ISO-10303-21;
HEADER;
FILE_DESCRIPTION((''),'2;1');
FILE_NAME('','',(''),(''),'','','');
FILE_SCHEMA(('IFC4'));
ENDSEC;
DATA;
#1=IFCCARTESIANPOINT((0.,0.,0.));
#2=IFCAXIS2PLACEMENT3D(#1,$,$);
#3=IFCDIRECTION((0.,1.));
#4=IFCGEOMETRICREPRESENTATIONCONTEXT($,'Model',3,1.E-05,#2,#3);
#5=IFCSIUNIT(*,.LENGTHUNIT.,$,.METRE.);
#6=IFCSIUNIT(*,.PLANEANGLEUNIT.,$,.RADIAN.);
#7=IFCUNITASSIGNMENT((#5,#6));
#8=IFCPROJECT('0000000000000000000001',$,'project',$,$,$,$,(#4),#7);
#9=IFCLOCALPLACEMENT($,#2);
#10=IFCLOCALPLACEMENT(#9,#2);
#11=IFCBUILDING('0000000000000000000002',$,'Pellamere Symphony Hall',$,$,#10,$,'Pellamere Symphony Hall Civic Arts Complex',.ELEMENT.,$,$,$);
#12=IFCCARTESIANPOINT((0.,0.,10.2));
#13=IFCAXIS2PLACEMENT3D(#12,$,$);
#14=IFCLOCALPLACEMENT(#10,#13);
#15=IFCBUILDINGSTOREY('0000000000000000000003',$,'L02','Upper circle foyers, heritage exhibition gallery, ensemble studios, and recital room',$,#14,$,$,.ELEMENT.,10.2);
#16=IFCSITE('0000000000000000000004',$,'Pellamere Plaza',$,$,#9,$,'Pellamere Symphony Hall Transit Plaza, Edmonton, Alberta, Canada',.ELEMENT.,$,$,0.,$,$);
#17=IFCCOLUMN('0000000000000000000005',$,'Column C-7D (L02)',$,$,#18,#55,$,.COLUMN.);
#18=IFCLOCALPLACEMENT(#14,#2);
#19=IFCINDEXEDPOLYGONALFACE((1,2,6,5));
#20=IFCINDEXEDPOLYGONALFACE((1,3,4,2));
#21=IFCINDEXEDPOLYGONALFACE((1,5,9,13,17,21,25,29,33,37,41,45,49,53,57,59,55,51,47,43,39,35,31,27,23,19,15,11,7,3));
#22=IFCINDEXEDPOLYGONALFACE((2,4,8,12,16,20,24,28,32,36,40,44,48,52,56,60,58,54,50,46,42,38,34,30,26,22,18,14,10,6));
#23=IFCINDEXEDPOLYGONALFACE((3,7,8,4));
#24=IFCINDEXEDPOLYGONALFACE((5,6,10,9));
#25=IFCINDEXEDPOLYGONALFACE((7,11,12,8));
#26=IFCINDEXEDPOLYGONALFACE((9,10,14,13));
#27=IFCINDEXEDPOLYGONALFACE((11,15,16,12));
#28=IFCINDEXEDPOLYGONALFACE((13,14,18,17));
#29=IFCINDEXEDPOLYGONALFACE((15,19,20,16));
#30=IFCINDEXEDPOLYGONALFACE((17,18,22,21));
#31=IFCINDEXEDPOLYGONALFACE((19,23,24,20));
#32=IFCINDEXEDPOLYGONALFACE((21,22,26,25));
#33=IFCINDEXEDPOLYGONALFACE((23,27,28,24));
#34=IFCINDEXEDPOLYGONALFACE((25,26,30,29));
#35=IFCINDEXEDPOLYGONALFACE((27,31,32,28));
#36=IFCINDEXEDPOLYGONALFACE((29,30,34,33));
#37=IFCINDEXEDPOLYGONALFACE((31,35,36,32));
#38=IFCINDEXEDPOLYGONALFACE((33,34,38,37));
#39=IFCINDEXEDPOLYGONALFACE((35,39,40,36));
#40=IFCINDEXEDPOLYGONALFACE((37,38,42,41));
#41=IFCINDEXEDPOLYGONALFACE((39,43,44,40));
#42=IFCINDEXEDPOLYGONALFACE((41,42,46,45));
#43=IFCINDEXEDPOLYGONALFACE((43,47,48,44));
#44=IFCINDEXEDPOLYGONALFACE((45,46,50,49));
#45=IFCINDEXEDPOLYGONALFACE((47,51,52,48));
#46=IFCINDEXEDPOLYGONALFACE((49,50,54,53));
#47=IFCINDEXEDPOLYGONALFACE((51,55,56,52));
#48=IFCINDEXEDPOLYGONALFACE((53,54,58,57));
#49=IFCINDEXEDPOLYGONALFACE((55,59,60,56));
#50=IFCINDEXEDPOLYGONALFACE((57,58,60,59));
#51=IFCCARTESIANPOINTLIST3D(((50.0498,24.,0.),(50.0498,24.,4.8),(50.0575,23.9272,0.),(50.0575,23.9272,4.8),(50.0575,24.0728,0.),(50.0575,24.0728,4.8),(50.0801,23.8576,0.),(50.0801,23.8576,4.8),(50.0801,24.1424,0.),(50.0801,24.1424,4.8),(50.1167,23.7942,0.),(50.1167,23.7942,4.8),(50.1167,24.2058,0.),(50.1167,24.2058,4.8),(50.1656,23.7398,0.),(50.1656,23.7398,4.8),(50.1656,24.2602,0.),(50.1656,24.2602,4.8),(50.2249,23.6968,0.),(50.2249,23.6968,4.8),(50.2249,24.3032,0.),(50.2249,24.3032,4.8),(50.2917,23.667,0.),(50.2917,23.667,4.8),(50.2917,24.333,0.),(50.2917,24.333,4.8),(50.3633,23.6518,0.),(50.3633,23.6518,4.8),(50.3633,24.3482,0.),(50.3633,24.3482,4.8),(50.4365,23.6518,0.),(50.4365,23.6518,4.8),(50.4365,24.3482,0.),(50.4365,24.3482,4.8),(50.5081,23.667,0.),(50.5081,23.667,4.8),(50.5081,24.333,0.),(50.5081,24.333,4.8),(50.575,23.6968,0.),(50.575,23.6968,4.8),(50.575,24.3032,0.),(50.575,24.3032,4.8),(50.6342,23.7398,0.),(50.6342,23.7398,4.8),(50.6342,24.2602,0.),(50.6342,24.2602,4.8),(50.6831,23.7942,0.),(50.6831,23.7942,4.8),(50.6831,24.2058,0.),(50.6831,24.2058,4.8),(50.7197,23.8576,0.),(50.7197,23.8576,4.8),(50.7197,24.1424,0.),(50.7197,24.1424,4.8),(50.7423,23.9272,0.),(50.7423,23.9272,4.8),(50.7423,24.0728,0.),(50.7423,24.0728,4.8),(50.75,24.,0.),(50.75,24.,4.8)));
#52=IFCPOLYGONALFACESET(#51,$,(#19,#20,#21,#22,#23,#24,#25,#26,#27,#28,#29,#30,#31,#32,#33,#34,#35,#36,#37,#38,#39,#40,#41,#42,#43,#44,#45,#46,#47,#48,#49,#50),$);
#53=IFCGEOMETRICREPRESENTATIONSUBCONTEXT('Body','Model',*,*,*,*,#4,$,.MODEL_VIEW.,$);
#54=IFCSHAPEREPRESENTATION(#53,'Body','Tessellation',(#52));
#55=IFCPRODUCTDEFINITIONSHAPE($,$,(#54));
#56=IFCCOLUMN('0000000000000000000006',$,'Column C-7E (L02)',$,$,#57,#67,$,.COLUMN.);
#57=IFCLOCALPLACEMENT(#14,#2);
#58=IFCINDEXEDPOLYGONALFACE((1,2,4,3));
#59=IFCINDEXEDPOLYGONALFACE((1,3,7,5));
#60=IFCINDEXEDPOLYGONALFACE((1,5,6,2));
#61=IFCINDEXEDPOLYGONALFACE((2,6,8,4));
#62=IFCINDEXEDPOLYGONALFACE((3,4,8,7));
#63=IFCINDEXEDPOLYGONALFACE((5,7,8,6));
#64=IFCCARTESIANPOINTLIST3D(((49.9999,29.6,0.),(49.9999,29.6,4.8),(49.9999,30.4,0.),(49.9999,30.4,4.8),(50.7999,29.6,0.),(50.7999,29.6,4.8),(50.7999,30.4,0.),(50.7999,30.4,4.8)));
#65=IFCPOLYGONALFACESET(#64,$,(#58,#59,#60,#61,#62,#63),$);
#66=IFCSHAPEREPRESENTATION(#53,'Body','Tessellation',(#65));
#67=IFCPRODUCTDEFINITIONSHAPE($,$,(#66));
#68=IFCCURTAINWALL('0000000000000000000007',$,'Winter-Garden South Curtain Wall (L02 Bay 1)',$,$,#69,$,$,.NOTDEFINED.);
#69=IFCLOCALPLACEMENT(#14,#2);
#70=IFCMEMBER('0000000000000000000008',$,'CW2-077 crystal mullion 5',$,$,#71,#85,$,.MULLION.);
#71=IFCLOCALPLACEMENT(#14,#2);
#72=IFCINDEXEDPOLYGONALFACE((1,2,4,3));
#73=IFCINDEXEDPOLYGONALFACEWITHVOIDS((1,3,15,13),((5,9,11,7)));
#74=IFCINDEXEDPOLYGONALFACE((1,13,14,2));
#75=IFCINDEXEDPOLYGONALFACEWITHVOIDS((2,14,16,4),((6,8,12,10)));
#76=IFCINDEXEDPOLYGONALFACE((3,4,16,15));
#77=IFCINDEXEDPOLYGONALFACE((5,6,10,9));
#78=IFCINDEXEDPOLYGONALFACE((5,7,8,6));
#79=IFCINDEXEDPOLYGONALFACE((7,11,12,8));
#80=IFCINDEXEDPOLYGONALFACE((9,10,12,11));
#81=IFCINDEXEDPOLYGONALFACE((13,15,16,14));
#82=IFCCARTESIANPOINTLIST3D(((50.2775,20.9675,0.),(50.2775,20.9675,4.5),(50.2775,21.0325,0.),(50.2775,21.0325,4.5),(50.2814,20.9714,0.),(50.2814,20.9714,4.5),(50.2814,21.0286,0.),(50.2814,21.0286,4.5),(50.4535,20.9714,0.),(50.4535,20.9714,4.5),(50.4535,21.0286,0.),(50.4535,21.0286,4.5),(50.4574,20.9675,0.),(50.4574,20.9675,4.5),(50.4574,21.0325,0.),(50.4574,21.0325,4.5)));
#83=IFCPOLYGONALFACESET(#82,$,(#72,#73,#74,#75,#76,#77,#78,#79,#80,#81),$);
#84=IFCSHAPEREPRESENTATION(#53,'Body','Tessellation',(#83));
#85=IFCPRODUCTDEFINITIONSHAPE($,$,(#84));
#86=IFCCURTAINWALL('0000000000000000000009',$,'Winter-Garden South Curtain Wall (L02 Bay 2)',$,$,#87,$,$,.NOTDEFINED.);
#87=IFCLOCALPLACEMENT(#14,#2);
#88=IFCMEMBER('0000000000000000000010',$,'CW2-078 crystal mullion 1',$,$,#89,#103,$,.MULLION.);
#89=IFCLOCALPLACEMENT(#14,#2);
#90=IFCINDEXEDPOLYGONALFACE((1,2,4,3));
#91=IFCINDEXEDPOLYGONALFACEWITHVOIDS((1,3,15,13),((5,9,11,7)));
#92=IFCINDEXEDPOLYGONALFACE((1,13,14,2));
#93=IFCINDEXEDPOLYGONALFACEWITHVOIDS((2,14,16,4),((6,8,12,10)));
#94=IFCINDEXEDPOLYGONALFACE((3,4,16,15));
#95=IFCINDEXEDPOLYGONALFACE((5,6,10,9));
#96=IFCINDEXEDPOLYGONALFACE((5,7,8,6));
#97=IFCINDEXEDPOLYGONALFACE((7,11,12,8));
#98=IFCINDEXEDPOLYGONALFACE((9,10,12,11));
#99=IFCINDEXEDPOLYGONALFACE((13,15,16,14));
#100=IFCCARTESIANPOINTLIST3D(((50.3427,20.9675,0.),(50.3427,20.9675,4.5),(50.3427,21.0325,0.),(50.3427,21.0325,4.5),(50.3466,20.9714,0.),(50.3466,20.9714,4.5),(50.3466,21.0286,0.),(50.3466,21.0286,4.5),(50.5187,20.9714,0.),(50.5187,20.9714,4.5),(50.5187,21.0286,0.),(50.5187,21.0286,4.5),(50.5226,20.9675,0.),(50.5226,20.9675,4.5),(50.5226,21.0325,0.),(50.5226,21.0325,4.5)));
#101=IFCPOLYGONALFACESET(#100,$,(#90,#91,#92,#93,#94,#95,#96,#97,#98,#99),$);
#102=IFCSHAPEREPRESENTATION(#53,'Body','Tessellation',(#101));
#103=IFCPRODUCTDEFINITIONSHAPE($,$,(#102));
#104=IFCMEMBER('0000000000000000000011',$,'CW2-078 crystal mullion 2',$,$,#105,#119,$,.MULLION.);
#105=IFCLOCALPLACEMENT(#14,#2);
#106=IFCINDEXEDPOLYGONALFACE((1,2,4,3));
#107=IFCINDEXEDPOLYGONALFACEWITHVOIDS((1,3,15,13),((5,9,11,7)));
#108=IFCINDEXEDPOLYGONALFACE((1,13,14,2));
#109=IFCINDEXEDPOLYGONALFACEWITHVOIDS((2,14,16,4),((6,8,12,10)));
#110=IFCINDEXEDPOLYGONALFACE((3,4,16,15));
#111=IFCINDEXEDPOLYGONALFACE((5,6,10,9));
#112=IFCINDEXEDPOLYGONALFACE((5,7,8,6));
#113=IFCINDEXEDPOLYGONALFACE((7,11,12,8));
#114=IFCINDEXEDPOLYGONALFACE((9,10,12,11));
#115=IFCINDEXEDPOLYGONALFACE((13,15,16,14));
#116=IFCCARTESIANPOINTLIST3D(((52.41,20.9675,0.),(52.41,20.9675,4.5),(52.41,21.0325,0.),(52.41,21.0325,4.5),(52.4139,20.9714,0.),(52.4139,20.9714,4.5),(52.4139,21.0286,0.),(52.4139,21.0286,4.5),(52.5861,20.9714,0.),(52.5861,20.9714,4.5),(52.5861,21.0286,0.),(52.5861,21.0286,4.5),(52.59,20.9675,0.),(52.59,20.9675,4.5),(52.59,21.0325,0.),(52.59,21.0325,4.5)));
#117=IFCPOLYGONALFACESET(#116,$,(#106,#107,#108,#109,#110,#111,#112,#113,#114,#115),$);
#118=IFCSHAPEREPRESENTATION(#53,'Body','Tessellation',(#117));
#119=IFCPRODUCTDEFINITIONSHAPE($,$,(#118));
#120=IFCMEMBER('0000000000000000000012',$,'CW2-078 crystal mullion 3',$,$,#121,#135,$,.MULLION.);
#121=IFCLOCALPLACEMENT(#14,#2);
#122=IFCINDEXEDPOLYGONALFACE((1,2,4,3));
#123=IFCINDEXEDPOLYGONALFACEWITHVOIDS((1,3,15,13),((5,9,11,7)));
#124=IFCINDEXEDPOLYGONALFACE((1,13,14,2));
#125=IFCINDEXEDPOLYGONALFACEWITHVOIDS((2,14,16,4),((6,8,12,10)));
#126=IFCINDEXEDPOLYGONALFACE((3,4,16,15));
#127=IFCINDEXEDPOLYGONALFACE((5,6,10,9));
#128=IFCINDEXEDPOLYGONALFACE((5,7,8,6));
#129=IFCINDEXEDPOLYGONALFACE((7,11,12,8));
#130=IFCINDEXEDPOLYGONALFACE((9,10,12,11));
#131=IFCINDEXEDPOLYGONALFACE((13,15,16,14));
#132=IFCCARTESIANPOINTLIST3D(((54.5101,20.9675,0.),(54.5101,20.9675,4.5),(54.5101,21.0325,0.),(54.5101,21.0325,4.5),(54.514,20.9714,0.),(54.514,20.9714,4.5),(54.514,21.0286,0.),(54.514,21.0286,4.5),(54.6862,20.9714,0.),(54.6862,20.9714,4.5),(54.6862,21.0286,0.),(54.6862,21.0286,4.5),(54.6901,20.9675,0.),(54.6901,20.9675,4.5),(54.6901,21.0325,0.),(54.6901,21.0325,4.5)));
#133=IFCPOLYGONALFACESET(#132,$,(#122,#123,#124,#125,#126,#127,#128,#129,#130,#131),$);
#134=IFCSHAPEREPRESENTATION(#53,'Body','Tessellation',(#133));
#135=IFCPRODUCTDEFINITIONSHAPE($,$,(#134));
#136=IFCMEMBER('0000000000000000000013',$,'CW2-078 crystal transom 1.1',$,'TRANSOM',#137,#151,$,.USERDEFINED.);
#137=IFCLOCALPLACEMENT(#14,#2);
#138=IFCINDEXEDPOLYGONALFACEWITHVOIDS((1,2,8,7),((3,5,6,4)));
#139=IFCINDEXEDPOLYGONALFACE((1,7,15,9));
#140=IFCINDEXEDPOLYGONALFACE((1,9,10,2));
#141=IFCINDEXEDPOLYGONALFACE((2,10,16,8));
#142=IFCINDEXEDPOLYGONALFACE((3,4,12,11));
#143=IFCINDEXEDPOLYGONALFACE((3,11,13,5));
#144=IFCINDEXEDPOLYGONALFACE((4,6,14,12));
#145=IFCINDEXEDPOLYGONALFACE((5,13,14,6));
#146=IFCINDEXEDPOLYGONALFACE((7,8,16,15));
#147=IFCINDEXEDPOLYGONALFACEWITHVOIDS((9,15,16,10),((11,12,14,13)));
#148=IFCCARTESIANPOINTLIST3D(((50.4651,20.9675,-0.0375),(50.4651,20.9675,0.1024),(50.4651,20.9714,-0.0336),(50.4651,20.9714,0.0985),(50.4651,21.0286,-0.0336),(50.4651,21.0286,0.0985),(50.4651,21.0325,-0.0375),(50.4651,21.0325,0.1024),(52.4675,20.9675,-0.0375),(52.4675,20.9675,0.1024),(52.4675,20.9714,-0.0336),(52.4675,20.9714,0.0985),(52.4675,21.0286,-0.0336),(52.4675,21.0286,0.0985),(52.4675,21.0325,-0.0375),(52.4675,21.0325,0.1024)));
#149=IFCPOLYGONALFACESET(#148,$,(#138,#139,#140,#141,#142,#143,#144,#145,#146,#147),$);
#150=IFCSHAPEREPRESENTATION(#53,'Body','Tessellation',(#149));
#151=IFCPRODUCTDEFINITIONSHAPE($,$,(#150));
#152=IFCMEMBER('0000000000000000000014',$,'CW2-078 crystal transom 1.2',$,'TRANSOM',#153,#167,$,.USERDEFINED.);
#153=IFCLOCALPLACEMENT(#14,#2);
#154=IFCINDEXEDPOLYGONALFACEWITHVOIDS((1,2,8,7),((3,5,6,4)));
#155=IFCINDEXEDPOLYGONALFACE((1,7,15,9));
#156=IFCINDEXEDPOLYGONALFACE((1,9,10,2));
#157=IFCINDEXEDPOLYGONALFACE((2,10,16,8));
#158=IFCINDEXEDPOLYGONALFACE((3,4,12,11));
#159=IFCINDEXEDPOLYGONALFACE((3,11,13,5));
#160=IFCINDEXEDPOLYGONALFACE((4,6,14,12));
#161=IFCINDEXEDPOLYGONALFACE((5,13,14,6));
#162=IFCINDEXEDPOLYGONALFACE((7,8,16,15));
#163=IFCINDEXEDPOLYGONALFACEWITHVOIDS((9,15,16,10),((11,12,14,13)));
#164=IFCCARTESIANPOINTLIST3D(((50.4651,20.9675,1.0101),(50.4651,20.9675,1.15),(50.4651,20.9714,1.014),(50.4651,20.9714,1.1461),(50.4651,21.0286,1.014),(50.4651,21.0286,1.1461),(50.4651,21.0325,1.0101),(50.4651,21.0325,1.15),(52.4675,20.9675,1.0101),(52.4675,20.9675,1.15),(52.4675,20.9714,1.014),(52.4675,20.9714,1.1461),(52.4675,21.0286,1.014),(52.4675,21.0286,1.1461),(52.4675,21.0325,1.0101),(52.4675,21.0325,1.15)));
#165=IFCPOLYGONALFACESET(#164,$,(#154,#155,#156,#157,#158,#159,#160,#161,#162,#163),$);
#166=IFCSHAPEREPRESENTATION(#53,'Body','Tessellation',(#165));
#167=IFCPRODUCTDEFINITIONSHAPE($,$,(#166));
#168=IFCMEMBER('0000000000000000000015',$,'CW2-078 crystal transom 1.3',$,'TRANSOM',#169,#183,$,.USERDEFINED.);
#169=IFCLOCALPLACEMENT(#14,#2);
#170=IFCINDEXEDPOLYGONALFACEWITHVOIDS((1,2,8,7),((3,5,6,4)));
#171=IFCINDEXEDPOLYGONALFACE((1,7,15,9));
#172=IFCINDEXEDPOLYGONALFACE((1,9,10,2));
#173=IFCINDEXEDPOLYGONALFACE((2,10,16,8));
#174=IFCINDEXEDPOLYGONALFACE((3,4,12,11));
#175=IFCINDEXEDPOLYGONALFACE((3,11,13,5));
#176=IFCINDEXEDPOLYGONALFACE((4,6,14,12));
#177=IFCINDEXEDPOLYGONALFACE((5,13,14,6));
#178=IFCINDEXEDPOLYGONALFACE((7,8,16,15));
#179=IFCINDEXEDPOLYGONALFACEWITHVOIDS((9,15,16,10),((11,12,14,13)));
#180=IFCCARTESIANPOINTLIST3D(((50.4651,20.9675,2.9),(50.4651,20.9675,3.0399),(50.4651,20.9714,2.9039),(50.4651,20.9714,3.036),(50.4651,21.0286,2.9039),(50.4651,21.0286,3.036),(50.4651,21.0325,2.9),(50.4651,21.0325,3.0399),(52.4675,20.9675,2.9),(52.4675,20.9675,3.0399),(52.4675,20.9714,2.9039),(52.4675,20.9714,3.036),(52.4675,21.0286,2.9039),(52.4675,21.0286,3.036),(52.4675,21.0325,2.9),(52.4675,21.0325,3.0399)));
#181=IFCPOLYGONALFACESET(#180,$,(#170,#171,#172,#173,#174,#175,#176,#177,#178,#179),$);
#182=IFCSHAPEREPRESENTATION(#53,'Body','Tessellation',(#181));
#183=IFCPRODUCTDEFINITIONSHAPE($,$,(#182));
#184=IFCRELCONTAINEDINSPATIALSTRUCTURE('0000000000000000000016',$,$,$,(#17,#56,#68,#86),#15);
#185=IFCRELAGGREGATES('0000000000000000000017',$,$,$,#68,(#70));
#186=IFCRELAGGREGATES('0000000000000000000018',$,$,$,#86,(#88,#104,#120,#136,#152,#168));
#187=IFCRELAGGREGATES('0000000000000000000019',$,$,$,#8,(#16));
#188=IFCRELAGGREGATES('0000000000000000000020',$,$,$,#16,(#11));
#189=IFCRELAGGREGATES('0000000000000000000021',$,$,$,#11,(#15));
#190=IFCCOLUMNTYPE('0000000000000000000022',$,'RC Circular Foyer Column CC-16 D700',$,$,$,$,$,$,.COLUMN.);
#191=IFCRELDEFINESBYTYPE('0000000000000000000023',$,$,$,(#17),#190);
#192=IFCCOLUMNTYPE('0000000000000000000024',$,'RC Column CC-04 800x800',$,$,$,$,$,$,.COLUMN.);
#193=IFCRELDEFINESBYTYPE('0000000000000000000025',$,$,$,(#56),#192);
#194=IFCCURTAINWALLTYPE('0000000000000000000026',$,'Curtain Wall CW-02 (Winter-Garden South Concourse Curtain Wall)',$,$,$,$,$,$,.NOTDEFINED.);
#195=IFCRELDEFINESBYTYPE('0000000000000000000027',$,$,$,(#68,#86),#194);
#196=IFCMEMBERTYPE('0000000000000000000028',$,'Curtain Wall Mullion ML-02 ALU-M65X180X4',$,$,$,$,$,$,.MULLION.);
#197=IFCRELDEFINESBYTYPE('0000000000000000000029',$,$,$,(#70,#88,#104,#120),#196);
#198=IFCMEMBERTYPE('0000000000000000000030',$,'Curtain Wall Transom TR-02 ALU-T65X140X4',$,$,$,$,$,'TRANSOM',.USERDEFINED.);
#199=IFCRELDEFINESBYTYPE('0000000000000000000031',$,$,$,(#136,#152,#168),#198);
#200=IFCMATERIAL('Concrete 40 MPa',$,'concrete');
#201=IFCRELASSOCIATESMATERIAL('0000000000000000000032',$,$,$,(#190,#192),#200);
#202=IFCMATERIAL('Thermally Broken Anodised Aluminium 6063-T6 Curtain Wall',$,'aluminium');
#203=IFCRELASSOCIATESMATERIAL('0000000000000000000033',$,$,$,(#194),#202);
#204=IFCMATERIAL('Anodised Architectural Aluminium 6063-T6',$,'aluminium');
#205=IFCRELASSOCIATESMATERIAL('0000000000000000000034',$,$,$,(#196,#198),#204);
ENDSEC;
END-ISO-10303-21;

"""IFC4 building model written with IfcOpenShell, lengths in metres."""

from ifc_helpers import new_model, si_unit, direction, frame, origin, origin_2d, place, context, subcontext, project, spatial, rectangle, hollow_rectangle, circle, extrude, material, material_profile, profile_set, type_object, element, aggregate, save


model = new_model("IFC4")

# Units and contexts
model_context = context("Model", 3, precision=1e-05, world=origin(), true_north=direction((0.0, 1.0)))
body_context = subcontext(model_context, "Body", "Model", "MODEL_VIEW")
ifc_project = project(units=[si_unit("LENGTHUNIT", "METRE"), si_unit("PLANEANGLEUNIT", "RADIAN")], contexts=[model_context])

# Site, building, storey
site_placement = place(None, origin())
site = spatial("IfcSite", under=ifc_project, at=site_placement, Name="Pellamere Plaza", LongName="Pellamere Symphony Hall Transit Plaza, Edmonton, Alberta, Canada", CompositionType="ELEMENT", RefElevation=0.0)
building_placement = place(site_placement, origin())
building = spatial("IfcBuilding", under=site, at=building_placement, Name="Pellamere Symphony Hall", LongName="Pellamere Symphony Hall Civic Arts Complex", CompositionType="ELEMENT")
storey_placement = place(building_placement, frame((0.0, 0.0, 10.2)))
storey = spatial("IfcBuildingStorey", under=building, at=storey_placement, Name="L02", Description="Upper circle foyers, heritage exhibition gallery, ensemble studios, and recital room", CompositionType="ELEMENT", Elevation=10.2)

# Columns
ifc_material_1 = material(Name="Concrete 40 MPa", Category="concrete")
ifc_material_profile_1 = material_profile(ifc_material_1, circle(Radius=0.3501, at=origin_2d()), Name="RCCOL D700")
ifc_profile_set_1 = profile_set([ifc_material_profile_1], Name="Concrete 40 MPa")
column_type_1 = type_object("IfcColumnType", Name="RC Circular Foyer Column CC-16 D700", PredefinedType="COLUMN", material=ifc_profile_set_1)
column_1_placement = place(storey_placement, frame((50.3999, 24.0, 0.0), z_axis=(0.0, 0.0, 1.0), x_axis=(1.0, 0.0, 0.0)))
element("IfcColumn", 1, at=column_1_placement, inside=storey, type_object=column_type_1, Name="Column C-7D (L02)", PredefinedType="COLUMN", context=body_context, shape_type="SweptSolid", body=[
    extrude(circle(Radius=0.3501, at=origin_2d()), origin(), (0.0, 0.0, 1.0), 4.8),
])
ifc_material_profile_2 = material_profile(ifc_material_1, rectangle(XDim=0.8, YDim=0.8, at=origin_2d()), Name="RC 800x800")
ifc_profile_set_2 = profile_set([ifc_material_profile_2], Name="Concrete 40 MPa")
column_type_2 = type_object("IfcColumnType", Name="RC Column CC-04 800x800", PredefinedType="COLUMN", material=ifc_profile_set_2)
column_2_placement = place(storey_placement, frame((50.3999, 30.0, 0.0), z_axis=(0.0, 0.0, 1.0), x_axis=(1.0, 0.0, 0.0)))
element("IfcColumn", 2, at=column_2_placement, inside=storey, type_object=column_type_2, Name="Column C-7E (L02)", PredefinedType="COLUMN", context=body_context, shape_type="SweptSolid", body=[
    extrude(rectangle(XDim=0.8, YDim=0.8, at=origin_2d()), origin(), (0.0, 0.0, 1.0), 4.8),
])

# Curtain wall, member
ifc_material_2 = material(Name="Thermally Broken Anodised Aluminium 6063-T6 Curtain Wall", Category="aluminium")
curtain_wall_type = type_object("IfcCurtainWallType", Name="Curtain Wall CW-02 (Winter-Garden South Concourse Curtain Wall)", PredefinedType="NOTDEFINED", material=ifc_material_2)
curtain_wall_1_placement = place(storey_placement, origin())
curtain_wall_1 = element("IfcCurtainWall", 3, at=curtain_wall_1_placement, inside=storey, type_object=curtain_wall_type, Name="Winter-Garden South Curtain Wall (L02 Bay 1)", PredefinedType="NOTDEFINED")
ifc_material_3 = material(Name="Anodised Architectural Aluminium 6063-T6", Category="aluminium")
ifc_material_profile_3 = material_profile(ifc_material_3, hollow_rectangle(XDim=0.0649, YDim=0.1799, WallThickness=0.0039, at=origin_2d()), Name="ALU-M65X180X4")
ifc_profile_set_3 = profile_set([ifc_material_profile_3], Name="Anodised Architectural Aluminium 6063-T6")
member_type_1 = type_object("IfcMemberType", Name="Curtain Wall Mullion ML-02 ALU-M65X180X4", PredefinedType="MULLION", material=ifc_profile_set_3)
member_1_placement = place(storey_placement, frame((50.3674, 21.0, 0.0), z_axis=(0.0, 0.0, 1.0), x_axis=(0.0, 1.0, 0.0)))
member_1 = element("IfcMember", 4, at=member_1_placement, type_object=member_type_1, Name="CW2-077 crystal mullion 5", PredefinedType="MULLION", context=body_context, shape_type="SweptSolid", body=[
    extrude(hollow_rectangle(XDim=0.0649, YDim=0.1799, WallThickness=0.0039, at=origin_2d()), origin(), (0.0, 0.0, 1.0), 4.5),
])

# Curtain wall, members
curtain_wall_2_placement = place(storey_placement, origin())
curtain_wall_2 = element("IfcCurtainWall", 5, at=curtain_wall_2_placement, inside=storey, type_object=curtain_wall_type, Name="Winter-Garden South Curtain Wall (L02 Bay 2)", PredefinedType="NOTDEFINED")
member_2_placement = place(storey_placement, frame((50.4326, 21.0, 0.0), z_axis=(0.0, 0.0, 1.0), x_axis=(0.0, 1.0, 0.0)))
member_2 = element("IfcMember", 6, at=member_2_placement, type_object=member_type_1, Name="CW2-078 crystal mullion 1", PredefinedType="MULLION", context=body_context, shape_type="SweptSolid", body=[
    extrude(hollow_rectangle(XDim=0.0649, YDim=0.1799, WallThickness=0.0039, at=origin_2d()), origin(), (0.0, 0.0, 1.0), 4.5),
])
member_3_placement = place(storey_placement, frame((52.5, 21.0, 0.0), z_axis=(0.0, 0.0, 1.0), x_axis=(0.0, 1.0, 0.0)))
member_3 = element("IfcMember", 7, at=member_3_placement, type_object=member_type_1, Name="CW2-078 crystal mullion 2", PredefinedType="MULLION", context=body_context, shape_type="SweptSolid", body=[
    extrude(hollow_rectangle(XDim=0.0649, YDim=0.1799, WallThickness=0.0039, at=origin_2d()), origin(), (0.0, 0.0, 1.0), 4.5),
])
member_4_placement = place(storey_placement, frame((54.6001, 21.0, 0.0), z_axis=(0.0, 0.0, 1.0), x_axis=(0.0, 1.0, 0.0)))
member_4 = element("IfcMember", 8, at=member_4_placement, type_object=member_type_1, Name="CW2-078 crystal mullion 3", PredefinedType="MULLION", context=body_context, shape_type="SweptSolid", body=[
    extrude(hollow_rectangle(XDim=0.0649, YDim=0.1799, WallThickness=0.0039, at=origin_2d()), origin(), (0.0, 0.0, 1.0), 4.5),
])
ifc_material_profile_4 = material_profile(ifc_material_3, hollow_rectangle(XDim=0.0649, YDim=0.1399, WallThickness=0.0039, at=origin_2d()), Name="ALU-T65X140X4")
ifc_profile_set_4 = profile_set([ifc_material_profile_4], Name="Anodised Architectural Aluminium 6063-T6")
member_type_2 = type_object("IfcMemberType", Name="Curtain Wall Transom TR-02 ALU-T65X140X4", ElementType="TRANSOM", PredefinedType="USERDEFINED", material=ifc_profile_set_4)
member_5_placement = place(storey_placement, frame((50.4651, 21.0, 0.0325), z_axis=(1.0, 0.0, 0.0), x_axis=(0.0, 1.0, 0.0)))
member_5 = element("IfcMember", 9, at=member_5_placement, type_object=member_type_2, Name="CW2-078 crystal transom 1.1", ObjectType="TRANSOM", PredefinedType="USERDEFINED", context=body_context, shape_type="SweptSolid", body=[
    extrude(hollow_rectangle(XDim=0.0649, YDim=0.1399, WallThickness=0.0039, at=origin_2d()), origin(), (0.0, 0.0, 1.0), 2.0024),
])
member_6_placement = place(storey_placement, frame((50.4651, 21.0, 1.0801), z_axis=(1.0, 0.0, 0.0), x_axis=(0.0, 1.0, 0.0)))
member_6 = element("IfcMember", 10, at=member_6_placement, type_object=member_type_2, Name="CW2-078 crystal transom 1.2", ObjectType="TRANSOM", PredefinedType="USERDEFINED", context=body_context, shape_type="SweptSolid", body=[
    extrude(hollow_rectangle(XDim=0.0649, YDim=0.1399, WallThickness=0.0039, at=origin_2d()), origin(), (0.0, 0.0, 1.0), 2.0024),
])
member_7_placement = place(storey_placement, frame((50.4651, 21.0, 2.97), z_axis=(1.0, 0.0, 0.0), x_axis=(0.0, 1.0, 0.0)))
member_7 = element("IfcMember", 11, at=member_7_placement, type_object=member_type_2, Name="CW2-078 crystal transom 1.3", ObjectType="TRANSOM", PredefinedType="USERDEFINED", context=body_context, shape_type="SweptSolid", body=[
    extrude(hollow_rectangle(XDim=0.0649, YDim=0.1399, WallThickness=0.0039, at=origin_2d()), origin(), (0.0, 0.0, 1.0), 2.0024),
])

aggregate(curtain_wall_1, [member_1])
aggregate(curtain_wall_2, [member_2, member_3, member_4, member_5, member_6, member_7])

save(model, "model.ifc")
